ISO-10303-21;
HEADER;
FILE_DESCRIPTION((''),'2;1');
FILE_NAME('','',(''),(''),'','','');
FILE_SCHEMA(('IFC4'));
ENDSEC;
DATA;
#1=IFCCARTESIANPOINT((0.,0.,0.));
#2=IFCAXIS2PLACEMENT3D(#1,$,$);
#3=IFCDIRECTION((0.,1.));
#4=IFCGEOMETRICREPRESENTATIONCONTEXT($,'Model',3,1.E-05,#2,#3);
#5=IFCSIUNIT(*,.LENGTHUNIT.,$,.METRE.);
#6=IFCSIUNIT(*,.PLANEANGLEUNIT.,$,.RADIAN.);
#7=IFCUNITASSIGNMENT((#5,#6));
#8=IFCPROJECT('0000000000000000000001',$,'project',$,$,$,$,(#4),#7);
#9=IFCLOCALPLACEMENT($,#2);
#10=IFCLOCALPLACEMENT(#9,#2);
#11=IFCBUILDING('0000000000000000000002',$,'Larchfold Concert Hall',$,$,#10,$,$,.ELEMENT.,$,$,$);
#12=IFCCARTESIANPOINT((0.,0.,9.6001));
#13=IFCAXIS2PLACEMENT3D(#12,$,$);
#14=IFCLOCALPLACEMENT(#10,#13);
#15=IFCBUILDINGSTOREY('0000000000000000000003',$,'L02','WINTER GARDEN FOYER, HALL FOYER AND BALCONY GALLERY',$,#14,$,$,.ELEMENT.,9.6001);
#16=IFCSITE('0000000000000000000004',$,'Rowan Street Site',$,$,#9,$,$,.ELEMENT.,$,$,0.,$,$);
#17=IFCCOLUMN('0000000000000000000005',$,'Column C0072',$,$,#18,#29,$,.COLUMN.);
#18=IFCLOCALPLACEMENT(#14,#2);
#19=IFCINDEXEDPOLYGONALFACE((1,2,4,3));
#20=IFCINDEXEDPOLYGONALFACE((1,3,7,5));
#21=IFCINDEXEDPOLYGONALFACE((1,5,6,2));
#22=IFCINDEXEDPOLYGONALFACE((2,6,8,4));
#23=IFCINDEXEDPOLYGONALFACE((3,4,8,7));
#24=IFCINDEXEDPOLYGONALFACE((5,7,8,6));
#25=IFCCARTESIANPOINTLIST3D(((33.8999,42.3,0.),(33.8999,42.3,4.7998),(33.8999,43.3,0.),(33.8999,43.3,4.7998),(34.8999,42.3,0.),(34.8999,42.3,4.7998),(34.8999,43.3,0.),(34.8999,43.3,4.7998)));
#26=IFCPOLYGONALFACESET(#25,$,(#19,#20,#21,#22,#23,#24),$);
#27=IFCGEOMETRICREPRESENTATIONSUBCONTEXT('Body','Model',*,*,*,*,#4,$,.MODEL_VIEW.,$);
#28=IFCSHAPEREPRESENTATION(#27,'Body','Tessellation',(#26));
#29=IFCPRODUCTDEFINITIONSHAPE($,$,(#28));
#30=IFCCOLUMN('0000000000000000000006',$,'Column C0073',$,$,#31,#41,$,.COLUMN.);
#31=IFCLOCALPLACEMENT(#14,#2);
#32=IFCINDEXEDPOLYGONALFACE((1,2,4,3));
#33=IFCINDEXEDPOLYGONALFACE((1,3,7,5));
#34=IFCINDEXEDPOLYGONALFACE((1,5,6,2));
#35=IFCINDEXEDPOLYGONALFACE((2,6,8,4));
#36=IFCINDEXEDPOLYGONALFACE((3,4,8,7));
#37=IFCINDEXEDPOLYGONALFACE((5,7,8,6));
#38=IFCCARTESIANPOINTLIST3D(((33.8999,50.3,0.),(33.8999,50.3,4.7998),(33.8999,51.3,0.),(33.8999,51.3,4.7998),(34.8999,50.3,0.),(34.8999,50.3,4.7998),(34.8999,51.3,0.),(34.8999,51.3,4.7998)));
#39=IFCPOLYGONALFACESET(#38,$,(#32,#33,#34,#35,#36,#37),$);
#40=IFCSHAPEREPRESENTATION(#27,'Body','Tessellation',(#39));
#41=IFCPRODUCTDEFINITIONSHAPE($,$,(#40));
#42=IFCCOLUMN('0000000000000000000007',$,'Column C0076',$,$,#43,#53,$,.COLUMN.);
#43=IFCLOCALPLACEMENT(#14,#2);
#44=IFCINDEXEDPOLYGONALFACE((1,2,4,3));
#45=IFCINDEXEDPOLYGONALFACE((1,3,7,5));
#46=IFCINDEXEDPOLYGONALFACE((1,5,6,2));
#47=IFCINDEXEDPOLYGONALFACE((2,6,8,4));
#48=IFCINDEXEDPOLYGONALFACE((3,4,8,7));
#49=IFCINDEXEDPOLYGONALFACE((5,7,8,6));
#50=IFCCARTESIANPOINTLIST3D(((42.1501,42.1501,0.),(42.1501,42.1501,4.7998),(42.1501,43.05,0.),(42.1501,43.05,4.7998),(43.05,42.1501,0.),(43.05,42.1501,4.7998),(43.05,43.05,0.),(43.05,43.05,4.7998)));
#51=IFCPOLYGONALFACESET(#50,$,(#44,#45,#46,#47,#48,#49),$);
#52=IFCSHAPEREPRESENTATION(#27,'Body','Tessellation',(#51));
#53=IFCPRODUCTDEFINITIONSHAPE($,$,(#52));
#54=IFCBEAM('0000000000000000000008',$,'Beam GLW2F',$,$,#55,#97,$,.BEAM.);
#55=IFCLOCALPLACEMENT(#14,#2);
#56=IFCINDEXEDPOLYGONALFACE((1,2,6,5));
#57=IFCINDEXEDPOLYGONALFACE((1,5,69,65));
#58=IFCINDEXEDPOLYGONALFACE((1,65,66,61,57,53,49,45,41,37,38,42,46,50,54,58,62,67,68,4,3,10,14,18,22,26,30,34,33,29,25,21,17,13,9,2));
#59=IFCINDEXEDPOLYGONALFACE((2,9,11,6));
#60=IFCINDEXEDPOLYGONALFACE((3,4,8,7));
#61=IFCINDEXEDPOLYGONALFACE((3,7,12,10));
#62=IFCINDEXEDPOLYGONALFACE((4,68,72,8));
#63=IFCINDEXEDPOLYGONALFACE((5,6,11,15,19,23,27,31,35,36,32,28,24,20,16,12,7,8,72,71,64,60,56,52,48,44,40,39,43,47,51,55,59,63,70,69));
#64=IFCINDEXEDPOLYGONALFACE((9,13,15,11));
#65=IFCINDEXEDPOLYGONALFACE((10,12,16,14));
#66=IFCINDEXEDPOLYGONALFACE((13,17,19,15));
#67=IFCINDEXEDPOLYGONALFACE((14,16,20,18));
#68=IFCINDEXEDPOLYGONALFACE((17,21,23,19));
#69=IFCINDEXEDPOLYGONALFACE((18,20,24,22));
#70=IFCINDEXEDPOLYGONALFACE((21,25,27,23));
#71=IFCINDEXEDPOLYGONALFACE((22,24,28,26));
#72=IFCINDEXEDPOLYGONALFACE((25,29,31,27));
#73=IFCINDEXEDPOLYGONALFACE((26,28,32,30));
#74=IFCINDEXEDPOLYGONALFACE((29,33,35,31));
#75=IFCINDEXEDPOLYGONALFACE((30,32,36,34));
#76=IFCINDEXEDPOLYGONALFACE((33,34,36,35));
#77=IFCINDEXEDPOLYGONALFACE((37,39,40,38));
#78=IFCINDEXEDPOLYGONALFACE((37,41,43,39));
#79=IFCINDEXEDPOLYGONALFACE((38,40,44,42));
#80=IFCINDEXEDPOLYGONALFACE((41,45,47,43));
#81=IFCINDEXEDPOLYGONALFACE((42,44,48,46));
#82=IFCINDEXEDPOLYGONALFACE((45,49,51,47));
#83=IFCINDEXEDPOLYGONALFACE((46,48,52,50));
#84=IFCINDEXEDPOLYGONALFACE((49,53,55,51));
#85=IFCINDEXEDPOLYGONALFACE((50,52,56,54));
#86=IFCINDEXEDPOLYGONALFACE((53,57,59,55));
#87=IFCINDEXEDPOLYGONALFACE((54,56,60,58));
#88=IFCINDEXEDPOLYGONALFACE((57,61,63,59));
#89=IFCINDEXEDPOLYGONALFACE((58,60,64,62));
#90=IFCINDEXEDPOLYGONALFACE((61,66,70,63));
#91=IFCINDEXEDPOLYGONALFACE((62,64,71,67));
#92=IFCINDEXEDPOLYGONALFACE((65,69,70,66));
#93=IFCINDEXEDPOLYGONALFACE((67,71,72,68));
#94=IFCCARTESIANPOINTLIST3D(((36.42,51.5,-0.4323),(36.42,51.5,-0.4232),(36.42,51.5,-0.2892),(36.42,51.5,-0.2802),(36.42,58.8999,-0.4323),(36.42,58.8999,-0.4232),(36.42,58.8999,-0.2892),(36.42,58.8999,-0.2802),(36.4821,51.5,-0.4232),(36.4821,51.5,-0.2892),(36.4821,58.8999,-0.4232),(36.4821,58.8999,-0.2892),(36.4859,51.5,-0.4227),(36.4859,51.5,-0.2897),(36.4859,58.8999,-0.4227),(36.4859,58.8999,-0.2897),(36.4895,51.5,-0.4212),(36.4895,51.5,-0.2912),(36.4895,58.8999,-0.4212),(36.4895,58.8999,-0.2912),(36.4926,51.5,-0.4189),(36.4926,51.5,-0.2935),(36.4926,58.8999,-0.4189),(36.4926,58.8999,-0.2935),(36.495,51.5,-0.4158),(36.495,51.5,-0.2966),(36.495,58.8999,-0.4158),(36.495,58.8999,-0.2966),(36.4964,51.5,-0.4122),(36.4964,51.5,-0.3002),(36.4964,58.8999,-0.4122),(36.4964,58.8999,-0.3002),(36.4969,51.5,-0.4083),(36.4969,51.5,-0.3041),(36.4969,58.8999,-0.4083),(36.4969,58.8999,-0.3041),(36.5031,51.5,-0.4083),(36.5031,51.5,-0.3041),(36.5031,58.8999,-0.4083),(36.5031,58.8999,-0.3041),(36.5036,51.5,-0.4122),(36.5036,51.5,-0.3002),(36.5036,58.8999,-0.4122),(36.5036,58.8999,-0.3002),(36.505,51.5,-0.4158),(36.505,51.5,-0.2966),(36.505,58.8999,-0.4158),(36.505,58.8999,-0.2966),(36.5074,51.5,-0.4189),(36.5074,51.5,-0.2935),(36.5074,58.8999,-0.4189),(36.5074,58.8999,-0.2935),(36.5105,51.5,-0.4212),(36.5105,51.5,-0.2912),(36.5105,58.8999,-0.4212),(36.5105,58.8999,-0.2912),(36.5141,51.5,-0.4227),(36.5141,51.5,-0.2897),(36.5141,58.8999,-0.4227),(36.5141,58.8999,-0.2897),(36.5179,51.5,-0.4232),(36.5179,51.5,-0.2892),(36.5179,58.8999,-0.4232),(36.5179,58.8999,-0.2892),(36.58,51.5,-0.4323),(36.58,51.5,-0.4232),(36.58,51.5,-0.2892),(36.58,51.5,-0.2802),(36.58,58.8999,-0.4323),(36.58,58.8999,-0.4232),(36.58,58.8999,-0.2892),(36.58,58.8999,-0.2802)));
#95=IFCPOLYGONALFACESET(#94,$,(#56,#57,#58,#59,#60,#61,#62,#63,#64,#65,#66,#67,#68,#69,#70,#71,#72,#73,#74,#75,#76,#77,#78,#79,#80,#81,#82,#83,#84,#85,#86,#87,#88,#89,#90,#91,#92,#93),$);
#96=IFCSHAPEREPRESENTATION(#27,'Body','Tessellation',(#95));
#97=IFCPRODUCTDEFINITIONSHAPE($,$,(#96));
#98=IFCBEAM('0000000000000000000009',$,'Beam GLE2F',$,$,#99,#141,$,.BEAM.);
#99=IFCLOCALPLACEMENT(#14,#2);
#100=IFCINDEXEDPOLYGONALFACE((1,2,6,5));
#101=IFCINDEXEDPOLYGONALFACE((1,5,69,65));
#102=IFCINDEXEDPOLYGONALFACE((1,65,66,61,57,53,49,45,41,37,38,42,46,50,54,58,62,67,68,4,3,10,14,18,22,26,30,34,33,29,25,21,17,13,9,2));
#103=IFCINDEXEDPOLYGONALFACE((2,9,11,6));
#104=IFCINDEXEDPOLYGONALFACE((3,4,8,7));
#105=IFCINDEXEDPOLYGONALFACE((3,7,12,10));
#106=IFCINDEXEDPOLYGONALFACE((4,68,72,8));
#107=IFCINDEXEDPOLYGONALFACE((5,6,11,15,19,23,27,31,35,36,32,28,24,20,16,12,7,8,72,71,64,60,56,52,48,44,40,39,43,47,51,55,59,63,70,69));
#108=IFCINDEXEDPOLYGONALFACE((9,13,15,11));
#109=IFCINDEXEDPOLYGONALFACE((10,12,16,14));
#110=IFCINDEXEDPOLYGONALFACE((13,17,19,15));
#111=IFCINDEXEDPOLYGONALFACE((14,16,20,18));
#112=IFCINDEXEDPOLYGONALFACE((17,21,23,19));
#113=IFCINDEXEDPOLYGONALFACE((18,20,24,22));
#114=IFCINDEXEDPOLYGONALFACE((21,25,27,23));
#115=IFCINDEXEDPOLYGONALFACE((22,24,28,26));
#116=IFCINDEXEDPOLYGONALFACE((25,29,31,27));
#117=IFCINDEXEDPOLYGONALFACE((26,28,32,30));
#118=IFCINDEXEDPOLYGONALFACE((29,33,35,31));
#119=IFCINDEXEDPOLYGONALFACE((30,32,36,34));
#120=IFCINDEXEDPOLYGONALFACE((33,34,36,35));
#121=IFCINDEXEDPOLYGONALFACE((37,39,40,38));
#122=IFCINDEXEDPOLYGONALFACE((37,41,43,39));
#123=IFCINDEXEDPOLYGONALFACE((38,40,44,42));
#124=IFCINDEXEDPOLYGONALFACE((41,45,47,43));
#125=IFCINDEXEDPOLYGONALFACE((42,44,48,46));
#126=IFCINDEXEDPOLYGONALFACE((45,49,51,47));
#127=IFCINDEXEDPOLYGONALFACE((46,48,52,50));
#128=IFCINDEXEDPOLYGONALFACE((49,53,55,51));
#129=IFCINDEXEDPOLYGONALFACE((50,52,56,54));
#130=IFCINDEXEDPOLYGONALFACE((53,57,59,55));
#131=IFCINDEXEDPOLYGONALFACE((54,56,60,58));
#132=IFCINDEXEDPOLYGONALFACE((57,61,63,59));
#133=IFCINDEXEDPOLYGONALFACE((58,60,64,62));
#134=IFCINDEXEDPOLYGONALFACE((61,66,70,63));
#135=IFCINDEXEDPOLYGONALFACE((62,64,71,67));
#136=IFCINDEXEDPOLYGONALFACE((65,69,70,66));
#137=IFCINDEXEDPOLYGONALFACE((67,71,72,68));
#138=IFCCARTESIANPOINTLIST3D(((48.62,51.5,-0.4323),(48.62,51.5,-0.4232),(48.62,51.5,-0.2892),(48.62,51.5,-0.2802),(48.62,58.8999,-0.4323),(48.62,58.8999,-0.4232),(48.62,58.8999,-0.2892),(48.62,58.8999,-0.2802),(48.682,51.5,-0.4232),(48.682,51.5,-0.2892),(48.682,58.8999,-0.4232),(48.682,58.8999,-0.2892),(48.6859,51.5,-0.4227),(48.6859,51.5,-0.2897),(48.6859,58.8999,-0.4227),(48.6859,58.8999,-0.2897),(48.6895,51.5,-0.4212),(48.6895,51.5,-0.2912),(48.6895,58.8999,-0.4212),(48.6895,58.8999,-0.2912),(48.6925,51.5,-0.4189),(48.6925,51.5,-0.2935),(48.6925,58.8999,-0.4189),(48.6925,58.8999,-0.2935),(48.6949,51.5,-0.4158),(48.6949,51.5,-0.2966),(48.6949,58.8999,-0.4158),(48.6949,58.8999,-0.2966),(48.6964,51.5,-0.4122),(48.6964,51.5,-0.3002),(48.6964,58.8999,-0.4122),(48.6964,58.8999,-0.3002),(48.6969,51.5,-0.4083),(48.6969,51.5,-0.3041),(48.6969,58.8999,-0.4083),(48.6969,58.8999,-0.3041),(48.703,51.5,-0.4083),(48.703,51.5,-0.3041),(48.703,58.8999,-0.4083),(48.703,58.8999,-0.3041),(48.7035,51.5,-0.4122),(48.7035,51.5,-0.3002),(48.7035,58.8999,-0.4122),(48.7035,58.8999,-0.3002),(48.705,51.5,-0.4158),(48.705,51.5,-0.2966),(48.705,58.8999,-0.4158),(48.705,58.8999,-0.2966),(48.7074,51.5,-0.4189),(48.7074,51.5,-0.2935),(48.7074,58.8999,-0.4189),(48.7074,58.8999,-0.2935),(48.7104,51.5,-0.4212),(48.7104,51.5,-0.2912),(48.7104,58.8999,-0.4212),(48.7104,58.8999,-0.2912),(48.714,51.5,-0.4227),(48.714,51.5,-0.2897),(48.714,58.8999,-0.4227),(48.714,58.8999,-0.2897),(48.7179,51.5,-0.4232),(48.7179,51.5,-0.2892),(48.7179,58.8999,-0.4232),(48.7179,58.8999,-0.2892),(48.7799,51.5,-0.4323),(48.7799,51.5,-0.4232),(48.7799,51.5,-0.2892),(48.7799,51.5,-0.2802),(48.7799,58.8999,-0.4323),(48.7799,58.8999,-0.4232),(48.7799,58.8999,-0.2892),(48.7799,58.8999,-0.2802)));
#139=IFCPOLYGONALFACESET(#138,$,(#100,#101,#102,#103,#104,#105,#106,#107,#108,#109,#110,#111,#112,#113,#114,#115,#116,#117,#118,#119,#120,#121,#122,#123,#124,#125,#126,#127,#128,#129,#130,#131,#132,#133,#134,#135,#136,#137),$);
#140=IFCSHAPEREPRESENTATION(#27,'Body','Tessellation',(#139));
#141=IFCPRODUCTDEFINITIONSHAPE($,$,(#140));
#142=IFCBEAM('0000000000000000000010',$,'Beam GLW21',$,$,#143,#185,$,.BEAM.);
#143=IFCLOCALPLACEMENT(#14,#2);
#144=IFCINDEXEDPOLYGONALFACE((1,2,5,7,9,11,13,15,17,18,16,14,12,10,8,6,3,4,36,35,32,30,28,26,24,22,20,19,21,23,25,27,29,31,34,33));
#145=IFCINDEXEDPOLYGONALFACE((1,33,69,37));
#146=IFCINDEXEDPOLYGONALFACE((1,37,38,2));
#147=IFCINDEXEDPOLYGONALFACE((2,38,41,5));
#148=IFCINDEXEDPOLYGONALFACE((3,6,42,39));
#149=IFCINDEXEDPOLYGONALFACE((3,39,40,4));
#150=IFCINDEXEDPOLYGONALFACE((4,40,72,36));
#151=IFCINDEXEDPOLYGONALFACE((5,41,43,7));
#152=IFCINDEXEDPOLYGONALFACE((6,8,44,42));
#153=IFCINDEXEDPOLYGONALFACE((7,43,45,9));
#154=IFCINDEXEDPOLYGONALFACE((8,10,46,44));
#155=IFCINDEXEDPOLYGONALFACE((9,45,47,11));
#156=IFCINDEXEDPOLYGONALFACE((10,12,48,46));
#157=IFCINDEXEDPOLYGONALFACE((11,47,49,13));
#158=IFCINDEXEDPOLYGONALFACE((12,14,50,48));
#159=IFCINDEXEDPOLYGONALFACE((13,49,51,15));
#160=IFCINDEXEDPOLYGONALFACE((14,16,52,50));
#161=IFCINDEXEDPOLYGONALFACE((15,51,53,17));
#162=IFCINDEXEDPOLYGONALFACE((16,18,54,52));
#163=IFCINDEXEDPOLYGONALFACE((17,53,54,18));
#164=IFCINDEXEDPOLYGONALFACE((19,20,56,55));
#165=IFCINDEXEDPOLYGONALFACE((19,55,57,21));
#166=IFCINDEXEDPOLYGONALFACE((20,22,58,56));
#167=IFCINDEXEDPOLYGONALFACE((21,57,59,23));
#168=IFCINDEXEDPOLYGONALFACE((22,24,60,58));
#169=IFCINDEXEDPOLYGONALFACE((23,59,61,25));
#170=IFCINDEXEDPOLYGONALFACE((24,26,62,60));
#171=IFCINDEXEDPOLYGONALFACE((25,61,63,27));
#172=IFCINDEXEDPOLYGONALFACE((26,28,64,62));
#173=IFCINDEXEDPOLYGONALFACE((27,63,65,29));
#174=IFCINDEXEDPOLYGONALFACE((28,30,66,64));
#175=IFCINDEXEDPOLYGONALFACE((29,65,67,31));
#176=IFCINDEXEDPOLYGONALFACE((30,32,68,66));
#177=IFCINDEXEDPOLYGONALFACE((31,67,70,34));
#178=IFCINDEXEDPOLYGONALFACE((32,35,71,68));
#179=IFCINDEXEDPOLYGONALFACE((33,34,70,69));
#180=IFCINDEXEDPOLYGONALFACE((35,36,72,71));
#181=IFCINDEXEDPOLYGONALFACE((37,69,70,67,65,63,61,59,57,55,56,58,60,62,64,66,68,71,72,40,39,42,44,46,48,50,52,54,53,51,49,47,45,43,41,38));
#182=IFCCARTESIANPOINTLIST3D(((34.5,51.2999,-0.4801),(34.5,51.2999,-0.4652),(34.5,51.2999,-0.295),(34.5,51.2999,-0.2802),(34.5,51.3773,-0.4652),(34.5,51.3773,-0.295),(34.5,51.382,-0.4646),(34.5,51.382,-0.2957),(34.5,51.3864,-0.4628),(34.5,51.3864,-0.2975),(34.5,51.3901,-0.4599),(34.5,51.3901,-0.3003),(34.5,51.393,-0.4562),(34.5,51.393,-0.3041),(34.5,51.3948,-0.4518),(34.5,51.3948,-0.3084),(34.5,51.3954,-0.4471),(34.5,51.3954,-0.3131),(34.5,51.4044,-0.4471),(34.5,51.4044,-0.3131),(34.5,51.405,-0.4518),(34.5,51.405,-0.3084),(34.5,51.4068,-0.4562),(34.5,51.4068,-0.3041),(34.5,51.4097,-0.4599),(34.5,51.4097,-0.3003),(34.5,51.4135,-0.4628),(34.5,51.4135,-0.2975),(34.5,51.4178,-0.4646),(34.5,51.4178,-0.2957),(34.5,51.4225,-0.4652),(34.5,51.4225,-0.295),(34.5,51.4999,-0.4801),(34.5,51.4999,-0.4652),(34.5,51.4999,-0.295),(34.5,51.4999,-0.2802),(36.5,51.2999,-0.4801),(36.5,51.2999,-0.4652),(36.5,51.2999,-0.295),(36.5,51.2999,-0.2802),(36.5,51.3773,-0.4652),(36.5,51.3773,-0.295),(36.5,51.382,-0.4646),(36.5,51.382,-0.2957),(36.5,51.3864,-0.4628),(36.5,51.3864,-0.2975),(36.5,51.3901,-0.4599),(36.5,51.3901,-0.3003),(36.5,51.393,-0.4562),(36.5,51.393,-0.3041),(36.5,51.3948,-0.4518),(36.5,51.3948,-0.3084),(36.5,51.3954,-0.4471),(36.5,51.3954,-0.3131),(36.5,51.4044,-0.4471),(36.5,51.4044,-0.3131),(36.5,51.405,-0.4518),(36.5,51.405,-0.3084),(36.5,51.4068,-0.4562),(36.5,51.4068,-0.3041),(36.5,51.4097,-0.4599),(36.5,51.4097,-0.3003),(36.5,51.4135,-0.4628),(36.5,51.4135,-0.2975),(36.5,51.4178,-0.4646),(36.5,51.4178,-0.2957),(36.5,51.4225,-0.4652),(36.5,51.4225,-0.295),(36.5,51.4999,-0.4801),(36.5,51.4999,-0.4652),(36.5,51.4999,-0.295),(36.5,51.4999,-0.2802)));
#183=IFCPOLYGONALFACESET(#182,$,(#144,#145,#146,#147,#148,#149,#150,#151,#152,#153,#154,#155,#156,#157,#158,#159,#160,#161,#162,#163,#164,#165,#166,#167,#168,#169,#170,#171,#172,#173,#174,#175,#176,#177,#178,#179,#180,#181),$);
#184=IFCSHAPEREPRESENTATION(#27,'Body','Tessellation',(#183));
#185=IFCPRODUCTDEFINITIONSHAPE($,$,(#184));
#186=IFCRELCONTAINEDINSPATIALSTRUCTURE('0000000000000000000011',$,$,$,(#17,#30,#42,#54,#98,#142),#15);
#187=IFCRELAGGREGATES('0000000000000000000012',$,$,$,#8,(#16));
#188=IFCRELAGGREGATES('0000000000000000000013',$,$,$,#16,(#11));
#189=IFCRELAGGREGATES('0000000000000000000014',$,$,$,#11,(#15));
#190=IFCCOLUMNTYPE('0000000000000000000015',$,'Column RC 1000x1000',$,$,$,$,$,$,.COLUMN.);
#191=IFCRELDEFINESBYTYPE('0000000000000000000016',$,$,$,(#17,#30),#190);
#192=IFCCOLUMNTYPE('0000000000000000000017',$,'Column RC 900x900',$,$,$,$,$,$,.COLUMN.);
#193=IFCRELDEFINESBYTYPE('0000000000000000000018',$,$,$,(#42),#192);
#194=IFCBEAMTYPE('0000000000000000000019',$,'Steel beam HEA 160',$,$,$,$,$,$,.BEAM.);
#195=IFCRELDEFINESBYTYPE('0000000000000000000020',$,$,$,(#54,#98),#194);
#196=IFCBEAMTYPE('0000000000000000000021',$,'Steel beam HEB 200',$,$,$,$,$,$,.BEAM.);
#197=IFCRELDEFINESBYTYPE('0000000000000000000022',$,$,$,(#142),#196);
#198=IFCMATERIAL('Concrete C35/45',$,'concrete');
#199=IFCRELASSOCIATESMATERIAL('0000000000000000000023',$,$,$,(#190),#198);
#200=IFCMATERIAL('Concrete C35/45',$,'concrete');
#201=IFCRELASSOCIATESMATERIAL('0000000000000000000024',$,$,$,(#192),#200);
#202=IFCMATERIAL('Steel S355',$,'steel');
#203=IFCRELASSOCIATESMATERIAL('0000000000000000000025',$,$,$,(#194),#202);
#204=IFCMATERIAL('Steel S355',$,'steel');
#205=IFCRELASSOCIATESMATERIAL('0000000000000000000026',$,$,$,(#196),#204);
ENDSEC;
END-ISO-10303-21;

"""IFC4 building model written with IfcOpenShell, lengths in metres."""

from ifc_helpers import new_model, si_unit, direction, frame, origin, origin_2d, place, context, subcontext, project, spatial, rectangle, i_section, extrude, material, material_profile, profile_set, type_object, element, save


model = new_model("IFC4")

# Units and contexts
model_context = context("Model", 3, precision=1e-05, world=origin(), true_north=direction((0.0, 1.0)))
body_context = subcontext(model_context, "Body", "Model", "MODEL_VIEW")
ifc_project = project(units=[si_unit("LENGTHUNIT", "METRE"), si_unit("PLANEANGLEUNIT", "RADIAN")], contexts=[model_context])

# Site, building, storey
site_placement = place(None, origin())
site = spatial("IfcSite", under=ifc_project, at=site_placement, Name="Rowan Street Site", CompositionType="ELEMENT", RefElevation=0.0)
building_placement = place(site_placement, origin())
building = spatial("IfcBuilding", under=site, at=building_placement, Name="Larchfold Concert Hall", CompositionType="ELEMENT")
storey_placement = place(building_placement, frame((0.0, 0.0, 9.6001)))
storey = spatial("IfcBuildingStorey", under=building, at=storey_placement, Name="L02", Description="WINTER GARDEN FOYER, HALL FOYER AND BALCONY GALLERY", CompositionType="ELEMENT", Elevation=9.6001)

# Columns
ifc_material_1 = material(Name="Concrete C35/45", Category="concrete")
ifc_material_profile_1 = material_profile(ifc_material_1, rectangle(XDim=1.0, YDim=1.0, at=origin_2d()))
ifc_profile_set_1 = profile_set([ifc_material_profile_1], Name="Concrete C35/45")
column_type_1 = type_object("IfcColumnType", Name="Column RC 1000x1000", PredefinedType="COLUMN", material=ifc_profile_set_1)
for number, where, z_axis, x_axis, name in (
    (1, (34.3999, 42.8, 0.0), (0.0, 0.0, 1.0), (1.0, 0.0, 0.0), "Column C0072"),
    (2, (34.3999, 50.8, 0.0), (0.0, 0.0, 1.0), (1.0, 0.0, 0.0), "Column C0073"),
):
    element("IfcColumn", number, at=place(storey_placement, frame(where, z_axis=z_axis, x_axis=x_axis)), inside=storey, type_object=column_type_1, Name=name, PredefinedType="COLUMN", context=body_context, shape_type="SweptSolid", body=[
        extrude(rectangle(XDim=1.0, YDim=1.0, at=origin_2d()), origin(), (0.0, 0.0, 1.0), 4.7998),
    ])
ifc_material_2 = material(Name="Concrete C35/45", Category="concrete")
ifc_material_profile_2 = material_profile(ifc_material_2, rectangle(XDim=0.8999, YDim=0.8999, at=origin_2d()))
ifc_profile_set_2 = profile_set([ifc_material_profile_2], Name="Concrete C35/45")
column_type_2 = type_object("IfcColumnType", Name="Column RC 900x900", PredefinedType="COLUMN", material=ifc_profile_set_2)
column_placement = place(storey_placement, frame((42.6001, 42.6001, 0.0), z_axis=(0.0, 0.0, 1.0), x_axis=(1.0, 0.0, 0.0)))
element("IfcColumn", 3, at=column_placement, inside=storey, type_object=column_type_2, Name="Column C0076", PredefinedType="COLUMN", context=body_context, shape_type="SweptSolid", body=[
    extrude(rectangle(XDim=0.8999, YDim=0.8999, at=origin_2d()), origin(), (0.0, 0.0, 1.0), 4.7998),
])

# Beams
ifc_material_3 = material(Name="Steel S355", Category="steel")
ifc_material_profile_3 = material_profile(ifc_material_3, i_section(OverallWidth=0.1599, OverallDepth=0.1521, WebThickness=0.0061, FlangeThickness=0.009, FilletRadius=0.0149, at=origin_2d()))
ifc_profile_set_3 = profile_set([ifc_material_profile_3], Name="Steel S355")
beam_type_1 = type_object("IfcBeamType", Name="Steel beam HEA 160", PredefinedType="BEAM", material=ifc_profile_set_3)
for number, where, z_axis, x_axis, name in (
    (4, (36.5, 51.5, -0.3562), (0.0, 1.0, 0.0), (-1.0, 0.0, 0.0), "Beam GLW2F"),
    (5, (48.7, 51.5, -0.3562), (0.0, 1.0, 0.0), (-1.0, 0.0, 0.0), "Beam GLE2F"),
):
    element("IfcBeam", number, at=place(storey_placement, frame(where, z_axis=z_axis, x_axis=x_axis)), inside=storey, type_object=beam_type_1, Name=name, PredefinedType="BEAM", context=body_context, shape_type="SweptSolid", body=[
        extrude(i_section(OverallWidth=0.1599, OverallDepth=0.1521, WebThickness=0.0061, FlangeThickness=0.009, FilletRadius=0.0149, at=origin_2d()), origin(), (0.0, 0.0, 1.0), 7.3999),
    ])
ifc_material_4 = material(Name="Steel S355", Category="steel")
ifc_material_profile_4 = material_profile(ifc_material_4, i_section(OverallWidth=0.2, OverallDepth=0.2, WebThickness=0.009, FlangeThickness=0.0149, FilletRadius=0.0181, at=origin_2d()))
ifc_profile_set_4 = profile_set([ifc_material_profile_4], Name="Steel S355")
beam_type_2 = type_object("IfcBeamType", Name="Steel beam HEB 200", PredefinedType="BEAM", material=ifc_profile_set_4)
beam_1_placement = place(storey_placement, frame((34.5, 51.3999, -0.3801), z_axis=(1.0, 0.0, 0.0), x_axis=(0.0, 1.0, 0.0)))
element("IfcBeam", 6, at=beam_1_placement, inside=storey, type_object=beam_type_2, Name="Beam GLW21", PredefinedType="BEAM", context=body_context, shape_type="SweptSolid", body=[
    extrude(i_section(OverallWidth=0.2, OverallDepth=0.2, WebThickness=0.009, FlangeThickness=0.0149, FilletRadius=0.0181, at=origin_2d()), origin(), (0.0, 0.0, 1.0), 2.0),
])

save(model, "model.ifc")
